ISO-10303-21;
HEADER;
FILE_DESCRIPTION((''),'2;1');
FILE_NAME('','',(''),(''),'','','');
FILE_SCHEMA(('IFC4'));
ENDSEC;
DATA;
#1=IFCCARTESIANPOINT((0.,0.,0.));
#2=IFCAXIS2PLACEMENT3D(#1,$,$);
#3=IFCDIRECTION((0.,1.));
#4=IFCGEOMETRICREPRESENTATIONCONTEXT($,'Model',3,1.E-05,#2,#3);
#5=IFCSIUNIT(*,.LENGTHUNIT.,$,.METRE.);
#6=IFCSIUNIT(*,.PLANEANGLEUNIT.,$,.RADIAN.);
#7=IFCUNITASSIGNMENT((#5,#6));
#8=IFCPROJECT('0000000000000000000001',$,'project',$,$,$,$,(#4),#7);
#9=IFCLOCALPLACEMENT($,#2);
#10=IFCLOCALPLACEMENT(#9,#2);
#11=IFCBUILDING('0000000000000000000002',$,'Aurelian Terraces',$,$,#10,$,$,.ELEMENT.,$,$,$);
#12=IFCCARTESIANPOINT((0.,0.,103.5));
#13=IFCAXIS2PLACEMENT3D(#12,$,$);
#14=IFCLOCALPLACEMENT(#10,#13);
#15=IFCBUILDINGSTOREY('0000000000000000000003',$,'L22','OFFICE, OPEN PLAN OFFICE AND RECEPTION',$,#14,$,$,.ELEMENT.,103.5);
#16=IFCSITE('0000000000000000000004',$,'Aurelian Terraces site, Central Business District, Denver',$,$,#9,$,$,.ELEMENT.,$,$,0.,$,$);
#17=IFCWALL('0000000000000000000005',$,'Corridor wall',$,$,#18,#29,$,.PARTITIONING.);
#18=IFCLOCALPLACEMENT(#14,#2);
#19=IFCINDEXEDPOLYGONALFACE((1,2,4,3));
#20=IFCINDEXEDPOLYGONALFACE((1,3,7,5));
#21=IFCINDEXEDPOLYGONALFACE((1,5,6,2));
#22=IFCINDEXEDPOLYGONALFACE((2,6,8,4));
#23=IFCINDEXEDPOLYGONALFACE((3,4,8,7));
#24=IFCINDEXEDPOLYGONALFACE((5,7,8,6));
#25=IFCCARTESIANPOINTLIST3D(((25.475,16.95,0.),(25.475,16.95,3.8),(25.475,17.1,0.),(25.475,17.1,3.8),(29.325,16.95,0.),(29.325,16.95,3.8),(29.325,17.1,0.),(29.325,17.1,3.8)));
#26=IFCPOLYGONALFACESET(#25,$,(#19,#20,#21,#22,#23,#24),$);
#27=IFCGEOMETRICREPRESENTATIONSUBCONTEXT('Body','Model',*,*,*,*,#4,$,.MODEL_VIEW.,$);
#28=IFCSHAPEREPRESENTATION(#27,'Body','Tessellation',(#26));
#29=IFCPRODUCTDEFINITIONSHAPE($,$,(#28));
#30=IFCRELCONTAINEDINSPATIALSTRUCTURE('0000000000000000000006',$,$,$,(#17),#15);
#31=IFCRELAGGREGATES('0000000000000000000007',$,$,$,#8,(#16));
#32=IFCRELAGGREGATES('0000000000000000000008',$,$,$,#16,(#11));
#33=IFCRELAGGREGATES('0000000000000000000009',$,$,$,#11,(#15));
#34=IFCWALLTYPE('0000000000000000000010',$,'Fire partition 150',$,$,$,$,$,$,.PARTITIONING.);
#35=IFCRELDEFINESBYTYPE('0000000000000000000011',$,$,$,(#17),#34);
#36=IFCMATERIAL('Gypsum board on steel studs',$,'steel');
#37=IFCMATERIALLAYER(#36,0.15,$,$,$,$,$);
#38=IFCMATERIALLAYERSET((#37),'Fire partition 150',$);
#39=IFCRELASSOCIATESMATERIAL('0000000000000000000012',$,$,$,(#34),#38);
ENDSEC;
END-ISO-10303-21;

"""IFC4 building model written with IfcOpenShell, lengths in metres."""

from ifc_helpers import new_model, si_unit, direction, frame, frame_2d, origin, place, context, subcontext, project, spatial, rectangle, extrude, source, transform, mapped, material, layer, layer_set, type_object, element, save


model = new_model("IFC4")

# Units and contexts
model_context = context("Model", 3, precision=1e-05, world=origin(), true_north=direction((0.0, 1.0)))
body_context = subcontext(model_context, "Body", "Model", "MODEL_VIEW")
ifc_project = project(units=[si_unit("LENGTHUNIT", "METRE"), si_unit("PLANEANGLEUNIT", "RADIAN")], contexts=[model_context])

# Site, building, storey
site_placement = place(None, origin())
site = spatial("IfcSite", under=ifc_project, at=site_placement, Name="Aurelian Terraces site, Central Business District, Denver", CompositionType="ELEMENT", RefElevation=0.0)
building_placement = place(site_placement, origin())
building = spatial("IfcBuilding", under=site, at=building_placement, Name="Aurelian Terraces", CompositionType="ELEMENT")
storey_placement = place(building_placement, frame((0.0, 0.0, 103.5)))
storey = spatial("IfcBuildingStorey", under=building, at=storey_placement, Name="L22", Description="OFFICE, OPEN PLAN OFFICE AND RECEPTION", CompositionType="ELEMENT", Elevation=103.5)

# Shared definitions
ifc_material_1 = material(Name="Gypsum board on steel studs", Category="steel")
ifc_layer_1 = layer(ifc_material_1, 0.15)
ifc_layer_set_1 = layer_set([ifc_layer_1], Name="Fire partition 150")
wall_type_1 = type_object("IfcWallType", Name="Fire partition 150", PredefinedType="PARTITIONING", material=ifc_layer_set_1)

# Wall
shared_shape_1 = source(origin(), body_context, "Body", "SweptSolid", [
    extrude(rectangle(XDim=3.85, YDim=0.15, at=frame_2d((1.925, 0.0))), origin(), (0.0, 0.0, 1.0), 3.8),
])
wall_1_placement = place(storey_placement, frame((25.475, 17.025, 0.0), z_axis=(0.0, 0.0, 1.0), x_axis=(1.0, 0.0, 0.0)))
element("IfcWall", 1, at=wall_1_placement, inside=storey, type_object=wall_type_1, Name="Corridor wall", PredefinedType="PARTITIONING", context=body_context, shape_type="MappedRepresentation", body=[
    mapped(shared_shape_1, transform((0.0, 0.0, 0.0), scale=1.0)),
])

save(model, "model.ifc")
